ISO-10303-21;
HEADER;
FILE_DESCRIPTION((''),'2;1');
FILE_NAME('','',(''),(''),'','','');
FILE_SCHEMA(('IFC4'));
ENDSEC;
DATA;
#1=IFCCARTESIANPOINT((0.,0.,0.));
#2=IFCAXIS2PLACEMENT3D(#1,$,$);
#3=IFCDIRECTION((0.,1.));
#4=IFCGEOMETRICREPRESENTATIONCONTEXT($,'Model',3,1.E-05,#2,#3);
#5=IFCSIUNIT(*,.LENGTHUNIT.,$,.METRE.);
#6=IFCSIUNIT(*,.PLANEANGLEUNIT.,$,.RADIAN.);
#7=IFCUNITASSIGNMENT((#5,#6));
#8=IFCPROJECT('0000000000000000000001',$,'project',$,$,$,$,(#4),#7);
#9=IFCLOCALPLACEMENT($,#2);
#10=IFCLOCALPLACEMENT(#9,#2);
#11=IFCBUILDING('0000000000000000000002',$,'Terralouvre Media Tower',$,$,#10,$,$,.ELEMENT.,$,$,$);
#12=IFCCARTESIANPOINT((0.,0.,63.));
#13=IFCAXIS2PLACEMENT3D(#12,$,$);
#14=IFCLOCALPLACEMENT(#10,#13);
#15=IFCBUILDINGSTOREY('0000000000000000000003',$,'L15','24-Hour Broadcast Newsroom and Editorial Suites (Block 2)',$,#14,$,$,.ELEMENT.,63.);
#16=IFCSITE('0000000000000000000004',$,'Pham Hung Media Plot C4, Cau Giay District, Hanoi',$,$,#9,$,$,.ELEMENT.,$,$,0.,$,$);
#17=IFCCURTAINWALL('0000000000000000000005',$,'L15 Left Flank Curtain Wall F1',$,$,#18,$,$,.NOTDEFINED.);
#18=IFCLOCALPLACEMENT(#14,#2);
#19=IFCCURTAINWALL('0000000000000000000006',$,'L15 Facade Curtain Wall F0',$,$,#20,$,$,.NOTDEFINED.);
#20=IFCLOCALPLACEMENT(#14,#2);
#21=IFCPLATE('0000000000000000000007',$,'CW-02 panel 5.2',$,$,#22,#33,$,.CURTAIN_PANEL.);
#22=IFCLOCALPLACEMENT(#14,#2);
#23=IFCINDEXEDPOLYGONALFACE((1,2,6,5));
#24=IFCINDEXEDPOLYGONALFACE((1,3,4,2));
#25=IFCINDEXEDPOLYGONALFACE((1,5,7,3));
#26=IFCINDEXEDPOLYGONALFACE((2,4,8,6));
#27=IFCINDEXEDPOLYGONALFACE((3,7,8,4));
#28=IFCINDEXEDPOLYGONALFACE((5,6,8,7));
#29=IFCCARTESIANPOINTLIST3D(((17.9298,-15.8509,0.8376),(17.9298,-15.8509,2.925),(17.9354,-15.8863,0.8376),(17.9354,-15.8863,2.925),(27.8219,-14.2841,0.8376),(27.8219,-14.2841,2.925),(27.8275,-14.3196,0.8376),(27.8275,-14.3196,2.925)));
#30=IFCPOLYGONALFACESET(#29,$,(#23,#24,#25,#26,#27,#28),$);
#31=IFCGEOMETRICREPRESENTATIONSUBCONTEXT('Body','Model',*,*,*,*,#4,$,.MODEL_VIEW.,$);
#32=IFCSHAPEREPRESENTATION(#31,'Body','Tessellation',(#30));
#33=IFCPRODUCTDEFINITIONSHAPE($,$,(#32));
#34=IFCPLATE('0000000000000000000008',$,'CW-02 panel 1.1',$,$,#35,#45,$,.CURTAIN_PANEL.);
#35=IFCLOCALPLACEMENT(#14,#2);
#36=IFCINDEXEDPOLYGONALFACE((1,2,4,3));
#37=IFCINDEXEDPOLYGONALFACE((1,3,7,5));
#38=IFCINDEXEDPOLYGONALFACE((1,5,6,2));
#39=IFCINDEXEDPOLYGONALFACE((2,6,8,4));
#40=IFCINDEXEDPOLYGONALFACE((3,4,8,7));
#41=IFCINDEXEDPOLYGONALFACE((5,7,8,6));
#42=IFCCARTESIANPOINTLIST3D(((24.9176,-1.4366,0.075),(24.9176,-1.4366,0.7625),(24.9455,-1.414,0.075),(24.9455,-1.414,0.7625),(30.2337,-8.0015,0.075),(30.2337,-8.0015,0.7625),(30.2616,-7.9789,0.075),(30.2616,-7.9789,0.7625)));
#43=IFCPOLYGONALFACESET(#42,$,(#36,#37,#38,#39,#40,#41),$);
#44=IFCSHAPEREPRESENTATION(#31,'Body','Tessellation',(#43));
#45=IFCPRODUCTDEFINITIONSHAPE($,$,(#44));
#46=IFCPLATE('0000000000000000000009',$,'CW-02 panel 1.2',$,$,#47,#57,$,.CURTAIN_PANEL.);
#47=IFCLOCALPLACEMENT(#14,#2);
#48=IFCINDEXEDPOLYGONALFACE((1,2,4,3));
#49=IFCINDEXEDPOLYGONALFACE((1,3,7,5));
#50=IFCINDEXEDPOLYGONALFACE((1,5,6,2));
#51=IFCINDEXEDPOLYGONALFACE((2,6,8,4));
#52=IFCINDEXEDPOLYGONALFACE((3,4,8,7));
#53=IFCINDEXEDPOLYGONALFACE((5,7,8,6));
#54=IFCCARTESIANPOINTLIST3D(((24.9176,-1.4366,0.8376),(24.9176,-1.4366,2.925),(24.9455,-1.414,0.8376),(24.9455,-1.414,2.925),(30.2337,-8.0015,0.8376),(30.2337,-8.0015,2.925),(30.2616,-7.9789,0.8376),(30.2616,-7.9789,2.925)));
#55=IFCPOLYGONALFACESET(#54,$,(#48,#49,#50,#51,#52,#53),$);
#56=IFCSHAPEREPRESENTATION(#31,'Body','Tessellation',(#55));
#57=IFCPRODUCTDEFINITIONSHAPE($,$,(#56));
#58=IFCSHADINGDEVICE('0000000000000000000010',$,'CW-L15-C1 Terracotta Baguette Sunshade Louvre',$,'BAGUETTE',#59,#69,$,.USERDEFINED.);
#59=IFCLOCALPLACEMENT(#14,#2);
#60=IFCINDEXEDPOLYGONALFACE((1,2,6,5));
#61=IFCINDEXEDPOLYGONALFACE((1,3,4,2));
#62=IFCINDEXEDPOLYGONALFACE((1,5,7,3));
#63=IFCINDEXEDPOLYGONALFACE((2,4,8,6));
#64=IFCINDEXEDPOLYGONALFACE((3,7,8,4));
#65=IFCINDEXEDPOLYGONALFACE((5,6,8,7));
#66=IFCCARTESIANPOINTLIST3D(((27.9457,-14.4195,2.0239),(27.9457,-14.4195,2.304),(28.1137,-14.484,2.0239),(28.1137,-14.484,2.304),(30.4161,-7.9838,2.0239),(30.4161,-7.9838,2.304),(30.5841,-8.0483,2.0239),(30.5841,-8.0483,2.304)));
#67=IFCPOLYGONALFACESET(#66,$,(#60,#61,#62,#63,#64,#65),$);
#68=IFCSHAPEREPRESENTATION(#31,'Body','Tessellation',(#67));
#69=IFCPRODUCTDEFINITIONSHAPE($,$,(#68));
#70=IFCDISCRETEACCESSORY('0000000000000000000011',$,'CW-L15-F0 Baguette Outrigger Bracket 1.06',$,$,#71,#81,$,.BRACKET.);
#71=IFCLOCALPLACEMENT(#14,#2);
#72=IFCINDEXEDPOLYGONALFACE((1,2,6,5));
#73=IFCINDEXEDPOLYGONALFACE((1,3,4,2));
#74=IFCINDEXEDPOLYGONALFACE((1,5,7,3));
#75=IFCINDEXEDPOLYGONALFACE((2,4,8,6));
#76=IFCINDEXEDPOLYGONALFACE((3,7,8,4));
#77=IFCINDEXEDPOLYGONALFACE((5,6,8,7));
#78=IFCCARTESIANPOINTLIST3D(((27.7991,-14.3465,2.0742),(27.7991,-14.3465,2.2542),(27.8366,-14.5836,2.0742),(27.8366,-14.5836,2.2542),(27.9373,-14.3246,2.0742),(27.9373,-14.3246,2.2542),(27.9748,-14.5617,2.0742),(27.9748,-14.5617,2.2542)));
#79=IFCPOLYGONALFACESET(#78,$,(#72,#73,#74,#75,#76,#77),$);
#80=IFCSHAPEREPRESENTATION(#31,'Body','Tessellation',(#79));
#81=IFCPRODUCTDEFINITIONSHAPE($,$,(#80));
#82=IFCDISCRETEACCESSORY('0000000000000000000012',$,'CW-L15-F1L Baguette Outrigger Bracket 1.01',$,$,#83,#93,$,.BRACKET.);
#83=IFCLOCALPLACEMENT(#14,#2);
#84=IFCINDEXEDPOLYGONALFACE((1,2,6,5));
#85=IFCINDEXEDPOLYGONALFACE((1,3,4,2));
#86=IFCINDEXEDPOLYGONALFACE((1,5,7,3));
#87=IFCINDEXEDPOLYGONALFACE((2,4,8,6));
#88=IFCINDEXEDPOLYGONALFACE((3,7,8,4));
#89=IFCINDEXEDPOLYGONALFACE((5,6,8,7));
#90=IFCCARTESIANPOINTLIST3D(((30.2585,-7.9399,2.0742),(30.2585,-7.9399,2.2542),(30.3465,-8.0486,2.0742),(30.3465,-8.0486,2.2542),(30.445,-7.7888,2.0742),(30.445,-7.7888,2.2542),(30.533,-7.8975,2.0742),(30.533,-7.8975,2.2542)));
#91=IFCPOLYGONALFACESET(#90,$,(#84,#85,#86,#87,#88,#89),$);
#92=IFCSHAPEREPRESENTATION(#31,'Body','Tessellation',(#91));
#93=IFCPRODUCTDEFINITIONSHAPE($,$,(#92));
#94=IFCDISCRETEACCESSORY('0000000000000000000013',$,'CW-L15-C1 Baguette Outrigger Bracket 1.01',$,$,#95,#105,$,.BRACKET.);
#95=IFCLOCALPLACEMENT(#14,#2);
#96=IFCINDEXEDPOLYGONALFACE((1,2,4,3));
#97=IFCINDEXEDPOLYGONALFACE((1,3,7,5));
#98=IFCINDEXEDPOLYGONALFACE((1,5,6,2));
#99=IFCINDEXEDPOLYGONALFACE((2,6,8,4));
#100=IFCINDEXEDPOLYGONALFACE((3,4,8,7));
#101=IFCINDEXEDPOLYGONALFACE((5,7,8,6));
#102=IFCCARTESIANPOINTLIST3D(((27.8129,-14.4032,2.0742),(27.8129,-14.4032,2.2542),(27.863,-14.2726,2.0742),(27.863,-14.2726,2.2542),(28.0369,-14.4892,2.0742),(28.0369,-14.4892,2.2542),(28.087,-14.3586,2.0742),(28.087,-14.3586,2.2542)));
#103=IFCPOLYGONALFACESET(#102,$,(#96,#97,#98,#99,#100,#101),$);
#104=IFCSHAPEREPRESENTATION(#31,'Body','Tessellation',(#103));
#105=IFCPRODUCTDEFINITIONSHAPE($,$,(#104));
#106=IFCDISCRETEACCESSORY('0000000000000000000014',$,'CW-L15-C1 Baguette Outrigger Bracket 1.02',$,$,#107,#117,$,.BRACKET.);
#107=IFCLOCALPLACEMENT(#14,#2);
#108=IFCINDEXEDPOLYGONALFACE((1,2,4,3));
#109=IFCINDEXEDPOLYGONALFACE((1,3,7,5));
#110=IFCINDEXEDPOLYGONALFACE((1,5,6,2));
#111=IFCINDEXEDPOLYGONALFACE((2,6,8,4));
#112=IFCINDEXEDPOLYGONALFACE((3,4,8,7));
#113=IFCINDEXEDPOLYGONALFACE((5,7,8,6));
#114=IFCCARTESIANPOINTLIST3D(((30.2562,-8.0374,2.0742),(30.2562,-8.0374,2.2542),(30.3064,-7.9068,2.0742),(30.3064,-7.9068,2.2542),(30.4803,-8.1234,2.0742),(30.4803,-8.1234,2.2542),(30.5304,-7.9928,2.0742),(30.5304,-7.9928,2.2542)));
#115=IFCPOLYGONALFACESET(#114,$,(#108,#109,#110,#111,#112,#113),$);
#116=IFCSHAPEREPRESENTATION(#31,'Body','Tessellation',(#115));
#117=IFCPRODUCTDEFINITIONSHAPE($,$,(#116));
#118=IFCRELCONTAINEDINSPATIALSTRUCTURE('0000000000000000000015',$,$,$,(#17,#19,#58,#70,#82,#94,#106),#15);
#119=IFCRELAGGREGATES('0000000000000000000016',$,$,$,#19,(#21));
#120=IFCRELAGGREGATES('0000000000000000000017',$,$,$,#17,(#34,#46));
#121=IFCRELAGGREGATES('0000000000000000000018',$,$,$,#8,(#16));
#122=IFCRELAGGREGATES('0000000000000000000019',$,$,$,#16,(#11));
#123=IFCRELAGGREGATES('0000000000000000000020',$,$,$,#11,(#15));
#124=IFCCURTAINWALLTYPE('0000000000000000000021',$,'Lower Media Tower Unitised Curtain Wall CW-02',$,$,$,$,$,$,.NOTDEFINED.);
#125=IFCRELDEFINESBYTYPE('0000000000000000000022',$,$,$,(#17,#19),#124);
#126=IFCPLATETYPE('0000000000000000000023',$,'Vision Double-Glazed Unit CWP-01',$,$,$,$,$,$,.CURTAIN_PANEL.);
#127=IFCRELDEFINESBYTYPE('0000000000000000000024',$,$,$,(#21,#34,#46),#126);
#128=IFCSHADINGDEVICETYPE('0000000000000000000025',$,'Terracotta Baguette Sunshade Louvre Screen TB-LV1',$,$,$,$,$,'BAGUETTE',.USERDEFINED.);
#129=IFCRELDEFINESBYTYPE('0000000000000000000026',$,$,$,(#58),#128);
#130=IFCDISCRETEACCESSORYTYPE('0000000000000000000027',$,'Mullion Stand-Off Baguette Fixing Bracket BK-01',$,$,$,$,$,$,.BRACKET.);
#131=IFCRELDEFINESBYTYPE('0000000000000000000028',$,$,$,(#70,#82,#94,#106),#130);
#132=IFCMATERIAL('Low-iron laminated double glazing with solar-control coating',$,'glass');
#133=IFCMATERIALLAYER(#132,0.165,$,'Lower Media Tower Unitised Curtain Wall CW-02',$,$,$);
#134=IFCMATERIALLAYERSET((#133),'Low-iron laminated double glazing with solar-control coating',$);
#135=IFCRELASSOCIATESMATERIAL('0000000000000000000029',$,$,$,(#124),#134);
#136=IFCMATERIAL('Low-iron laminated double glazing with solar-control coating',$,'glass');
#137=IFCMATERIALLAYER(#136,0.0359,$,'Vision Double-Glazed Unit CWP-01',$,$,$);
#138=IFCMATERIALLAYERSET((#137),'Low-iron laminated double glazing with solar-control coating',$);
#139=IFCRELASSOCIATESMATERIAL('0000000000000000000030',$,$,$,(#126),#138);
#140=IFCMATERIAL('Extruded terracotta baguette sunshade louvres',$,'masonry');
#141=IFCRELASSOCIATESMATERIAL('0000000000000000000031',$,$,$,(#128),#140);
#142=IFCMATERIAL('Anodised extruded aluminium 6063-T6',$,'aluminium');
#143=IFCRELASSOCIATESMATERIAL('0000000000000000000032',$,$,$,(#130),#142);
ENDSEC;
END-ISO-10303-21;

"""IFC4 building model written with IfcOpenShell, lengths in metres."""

from ifc_helpers import new_model, si_unit, direction, frame, origin, origin_2d, place, context, subcontext, project, spatial, rectangle, extrude, material, layer, layer_set, type_object, element, aggregate, save


model = new_model("IFC4")

# Units and contexts
model_context = context("Model", 3, precision=1e-05, world=origin(), true_north=direction((0.0, 1.0)))
body_context = subcontext(model_context, "Body", "Model", "MODEL_VIEW")
ifc_project = project(units=[si_unit("LENGTHUNIT", "METRE"), si_unit("PLANEANGLEUNIT", "RADIAN")], contexts=[model_context])

# Site, building, storey
site_placement = place(None, origin())
site = spatial("IfcSite", under=ifc_project, at=site_placement, Name="Pham Hung Media Plot C4, Cau Giay District, Hanoi", CompositionType="ELEMENT", RefElevation=0.0)
building_placement = place(site_placement, origin())
building = spatial("IfcBuilding", under=site, at=building_placement, Name="Terralouvre Media Tower", CompositionType="ELEMENT")
storey_placement = place(building_placement, frame((0.0, 0.0, 63.0)))
storey = spatial("IfcBuildingStorey", under=building, at=storey_placement, Name="L15", Description="24-Hour Broadcast Newsroom and Editorial Suites (Block 2)", CompositionType="ELEMENT", Elevation=63.0)

# Curtain wall
ifc_material_1 = material(Name="Low-iron laminated double glazing with solar-control coating", Category="glass")
ifc_layer_1 = layer(ifc_material_1, 0.165, Name="Lower Media Tower Unitised Curtain Wall CW-02")
ifc_layer_set_1 = layer_set([ifc_layer_1], Name="Low-iron laminated double glazing with solar-control coating")
curtain_wall_type_1 = type_object("IfcCurtainWallType", Name="Lower Media Tower Unitised Curtain Wall CW-02", PredefinedType="NOTDEFINED", material=ifc_layer_set_1)
curtain_wall_1_placement = place(storey_placement, origin())
curtain_wall_1 = element("IfcCurtainWall", 1, at=curtain_wall_1_placement, inside=storey, type_object=curtain_wall_type_1, Name="L15 Left Flank Curtain Wall F1", PredefinedType="NOTDEFINED")

# Curtain wall
curtain_wall_2_placement = place(storey_placement, origin())
curtain_wall_2 = element("IfcCurtainWall", 2, at=curtain_wall_2_placement, inside=storey, type_object=curtain_wall_type_1, Name="L15 Facade Curtain Wall F0", PredefinedType="NOTDEFINED")

# Plates
ifc_material_2 = material(Name="Low-iron laminated double glazing with solar-control coating", Category="glass")
ifc_layer_2 = layer(ifc_material_2, 0.0359, Name="Vision Double-Glazed Unit CWP-01")
ifc_layer_set_2 = layer_set([ifc_layer_2], Name="Low-iron laminated double glazing with solar-control coating")
plate_type_1 = type_object("IfcPlateType", Name="Vision Double-Glazed Unit CWP-01", PredefinedType="CURTAIN_PANEL", material=ifc_layer_set_2)
plate_1_placement = place(storey_placement, frame((22.8787, -15.0852, 0.8376), z_axis=(0.0, 0.0, 1.0), x_axis=(0.987688, 0.156434, 0.0)))
plate_1 = element("IfcPlate", 3, at=plate_1_placement, type_object=plate_type_1, Name="CW-02 panel 5.2", PredefinedType="CURTAIN_PANEL", context=body_context, shape_type="SweptSolid", body=[
    extrude(rectangle(XDim=10.0154, YDim=0.0359, at=origin_2d()), origin(), (0.0, 0.0, 1.0), 2.0874),
])
aggregate(curtain_wall_2, [plate_1])
plate_2_placement = place(storey_placement, frame((27.5896, -4.7078, 0.075), z_axis=(0.0, 0.0, 1.0), x_axis=(-0.62932, 0.777146, 0.0)))
plate_2 = element("IfcPlate", 4, at=plate_2_placement, type_object=plate_type_1, Name="CW-02 panel 1.1", PredefinedType="CURTAIN_PANEL", context=body_context, shape_type="SweptSolid", body=[
    extrude(rectangle(XDim=8.4475, YDim=0.0359, at=origin_2d()), origin(), (0.0, 0.0, 1.0), 0.6875),
])
plate_3_placement = place(storey_placement, frame((27.5896, -4.7078, 0.8376), z_axis=(0.0, 0.0, 1.0), x_axis=(-0.62932, 0.777146, 0.0)))
plate_3 = element("IfcPlate", 5, at=plate_3_placement, type_object=plate_type_1, Name="CW-02 panel 1.2", PredefinedType="CURTAIN_PANEL", context=body_context, shape_type="SweptSolid", body=[
    extrude(rectangle(XDim=8.4475, YDim=0.0359, at=origin_2d()), origin(), (0.0, 0.0, 1.0), 2.0874),
])
aggregate(curtain_wall_1, [plate_2, plate_3])

# Shading device
ifc_material_3 = material(Name="Extruded terracotta baguette sunshade louvres", Category="masonry")
shading_device_type = type_object("IfcShadingDeviceType", Name="Terracotta Baguette Sunshade Louvre Screen TB-LV1", ElementType="BAGUETTE", PredefinedType="USERDEFINED", material=ifc_material_3)
shading_device_placement = place(storey_placement, frame((29.2649, -11.2339, 2.0239), z_axis=(0.0, 0.0, 1.0), x_axis=(0.358367, 0.933581, 0.0)))
element("IfcShadingDevice", 6, at=shading_device_placement, inside=storey, type_object=shading_device_type, Name="CW-L15-C1 Terracotta Baguette Sunshade Louvre", ObjectType="BAGUETTE", PredefinedType="USERDEFINED", context=body_context, shape_type="SweptSolid", body=[
    extrude(rectangle(XDim=6.8936, YDim=0.1799, at=origin_2d()), origin(), (0.0, 0.0, 1.0), 0.28),
])

# Discrete accessories
ifc_material_4 = material(Name="Anodised extruded aluminium 6063-T6", Category="aluminium")
discrete_accessory_type = type_object("IfcDiscreteAccessoryType", Name="Mullion Stand-Off Baguette Fixing Bracket BK-01", PredefinedType="BRACKET", material=ifc_material_4)
for number, where, z_axis, x_axis, name in (
    (7, (27.887, -14.4541, 2.0742), (0.0, 0.0, 1.0), (0.987688, 0.156434, 0.0), "CW-L15-F0 Baguette Outrigger Bracket 1.06"),
    (8, (30.3958, -7.9187, 2.0742), (0.0, 0.0, 1.0), (-0.62932, 0.777146, 0.0), "CW-L15-F1L Baguette Outrigger Bracket 1.01"),
    (9, (27.95, -14.3809, 2.0742), (0.0, 0.0, 1.0), (0.358367, 0.933581, 0.0), "CW-L15-C1 Baguette Outrigger Bracket 1.01"),
    (10, (30.3933, -8.0151, 2.0742), (0.0, 0.0, 1.0), (0.358367, 0.933581, 0.0), "CW-L15-C1 Baguette Outrigger Bracket 1.02"),
):
    element("IfcDiscreteAccessory", number, at=place(storey_placement, frame(where, z_axis=z_axis, x_axis=x_axis)), inside=storey, type_object=discrete_accessory_type, Name=name, PredefinedType="BRACKET", context=body_context, shape_type="SweptSolid", body=[
        extrude(rectangle(XDim=0.1399, YDim=0.24, at=origin_2d()), origin(), (0.0, 0.0, 1.0), 0.1799),
    ])

save(model, "model.ifc")
